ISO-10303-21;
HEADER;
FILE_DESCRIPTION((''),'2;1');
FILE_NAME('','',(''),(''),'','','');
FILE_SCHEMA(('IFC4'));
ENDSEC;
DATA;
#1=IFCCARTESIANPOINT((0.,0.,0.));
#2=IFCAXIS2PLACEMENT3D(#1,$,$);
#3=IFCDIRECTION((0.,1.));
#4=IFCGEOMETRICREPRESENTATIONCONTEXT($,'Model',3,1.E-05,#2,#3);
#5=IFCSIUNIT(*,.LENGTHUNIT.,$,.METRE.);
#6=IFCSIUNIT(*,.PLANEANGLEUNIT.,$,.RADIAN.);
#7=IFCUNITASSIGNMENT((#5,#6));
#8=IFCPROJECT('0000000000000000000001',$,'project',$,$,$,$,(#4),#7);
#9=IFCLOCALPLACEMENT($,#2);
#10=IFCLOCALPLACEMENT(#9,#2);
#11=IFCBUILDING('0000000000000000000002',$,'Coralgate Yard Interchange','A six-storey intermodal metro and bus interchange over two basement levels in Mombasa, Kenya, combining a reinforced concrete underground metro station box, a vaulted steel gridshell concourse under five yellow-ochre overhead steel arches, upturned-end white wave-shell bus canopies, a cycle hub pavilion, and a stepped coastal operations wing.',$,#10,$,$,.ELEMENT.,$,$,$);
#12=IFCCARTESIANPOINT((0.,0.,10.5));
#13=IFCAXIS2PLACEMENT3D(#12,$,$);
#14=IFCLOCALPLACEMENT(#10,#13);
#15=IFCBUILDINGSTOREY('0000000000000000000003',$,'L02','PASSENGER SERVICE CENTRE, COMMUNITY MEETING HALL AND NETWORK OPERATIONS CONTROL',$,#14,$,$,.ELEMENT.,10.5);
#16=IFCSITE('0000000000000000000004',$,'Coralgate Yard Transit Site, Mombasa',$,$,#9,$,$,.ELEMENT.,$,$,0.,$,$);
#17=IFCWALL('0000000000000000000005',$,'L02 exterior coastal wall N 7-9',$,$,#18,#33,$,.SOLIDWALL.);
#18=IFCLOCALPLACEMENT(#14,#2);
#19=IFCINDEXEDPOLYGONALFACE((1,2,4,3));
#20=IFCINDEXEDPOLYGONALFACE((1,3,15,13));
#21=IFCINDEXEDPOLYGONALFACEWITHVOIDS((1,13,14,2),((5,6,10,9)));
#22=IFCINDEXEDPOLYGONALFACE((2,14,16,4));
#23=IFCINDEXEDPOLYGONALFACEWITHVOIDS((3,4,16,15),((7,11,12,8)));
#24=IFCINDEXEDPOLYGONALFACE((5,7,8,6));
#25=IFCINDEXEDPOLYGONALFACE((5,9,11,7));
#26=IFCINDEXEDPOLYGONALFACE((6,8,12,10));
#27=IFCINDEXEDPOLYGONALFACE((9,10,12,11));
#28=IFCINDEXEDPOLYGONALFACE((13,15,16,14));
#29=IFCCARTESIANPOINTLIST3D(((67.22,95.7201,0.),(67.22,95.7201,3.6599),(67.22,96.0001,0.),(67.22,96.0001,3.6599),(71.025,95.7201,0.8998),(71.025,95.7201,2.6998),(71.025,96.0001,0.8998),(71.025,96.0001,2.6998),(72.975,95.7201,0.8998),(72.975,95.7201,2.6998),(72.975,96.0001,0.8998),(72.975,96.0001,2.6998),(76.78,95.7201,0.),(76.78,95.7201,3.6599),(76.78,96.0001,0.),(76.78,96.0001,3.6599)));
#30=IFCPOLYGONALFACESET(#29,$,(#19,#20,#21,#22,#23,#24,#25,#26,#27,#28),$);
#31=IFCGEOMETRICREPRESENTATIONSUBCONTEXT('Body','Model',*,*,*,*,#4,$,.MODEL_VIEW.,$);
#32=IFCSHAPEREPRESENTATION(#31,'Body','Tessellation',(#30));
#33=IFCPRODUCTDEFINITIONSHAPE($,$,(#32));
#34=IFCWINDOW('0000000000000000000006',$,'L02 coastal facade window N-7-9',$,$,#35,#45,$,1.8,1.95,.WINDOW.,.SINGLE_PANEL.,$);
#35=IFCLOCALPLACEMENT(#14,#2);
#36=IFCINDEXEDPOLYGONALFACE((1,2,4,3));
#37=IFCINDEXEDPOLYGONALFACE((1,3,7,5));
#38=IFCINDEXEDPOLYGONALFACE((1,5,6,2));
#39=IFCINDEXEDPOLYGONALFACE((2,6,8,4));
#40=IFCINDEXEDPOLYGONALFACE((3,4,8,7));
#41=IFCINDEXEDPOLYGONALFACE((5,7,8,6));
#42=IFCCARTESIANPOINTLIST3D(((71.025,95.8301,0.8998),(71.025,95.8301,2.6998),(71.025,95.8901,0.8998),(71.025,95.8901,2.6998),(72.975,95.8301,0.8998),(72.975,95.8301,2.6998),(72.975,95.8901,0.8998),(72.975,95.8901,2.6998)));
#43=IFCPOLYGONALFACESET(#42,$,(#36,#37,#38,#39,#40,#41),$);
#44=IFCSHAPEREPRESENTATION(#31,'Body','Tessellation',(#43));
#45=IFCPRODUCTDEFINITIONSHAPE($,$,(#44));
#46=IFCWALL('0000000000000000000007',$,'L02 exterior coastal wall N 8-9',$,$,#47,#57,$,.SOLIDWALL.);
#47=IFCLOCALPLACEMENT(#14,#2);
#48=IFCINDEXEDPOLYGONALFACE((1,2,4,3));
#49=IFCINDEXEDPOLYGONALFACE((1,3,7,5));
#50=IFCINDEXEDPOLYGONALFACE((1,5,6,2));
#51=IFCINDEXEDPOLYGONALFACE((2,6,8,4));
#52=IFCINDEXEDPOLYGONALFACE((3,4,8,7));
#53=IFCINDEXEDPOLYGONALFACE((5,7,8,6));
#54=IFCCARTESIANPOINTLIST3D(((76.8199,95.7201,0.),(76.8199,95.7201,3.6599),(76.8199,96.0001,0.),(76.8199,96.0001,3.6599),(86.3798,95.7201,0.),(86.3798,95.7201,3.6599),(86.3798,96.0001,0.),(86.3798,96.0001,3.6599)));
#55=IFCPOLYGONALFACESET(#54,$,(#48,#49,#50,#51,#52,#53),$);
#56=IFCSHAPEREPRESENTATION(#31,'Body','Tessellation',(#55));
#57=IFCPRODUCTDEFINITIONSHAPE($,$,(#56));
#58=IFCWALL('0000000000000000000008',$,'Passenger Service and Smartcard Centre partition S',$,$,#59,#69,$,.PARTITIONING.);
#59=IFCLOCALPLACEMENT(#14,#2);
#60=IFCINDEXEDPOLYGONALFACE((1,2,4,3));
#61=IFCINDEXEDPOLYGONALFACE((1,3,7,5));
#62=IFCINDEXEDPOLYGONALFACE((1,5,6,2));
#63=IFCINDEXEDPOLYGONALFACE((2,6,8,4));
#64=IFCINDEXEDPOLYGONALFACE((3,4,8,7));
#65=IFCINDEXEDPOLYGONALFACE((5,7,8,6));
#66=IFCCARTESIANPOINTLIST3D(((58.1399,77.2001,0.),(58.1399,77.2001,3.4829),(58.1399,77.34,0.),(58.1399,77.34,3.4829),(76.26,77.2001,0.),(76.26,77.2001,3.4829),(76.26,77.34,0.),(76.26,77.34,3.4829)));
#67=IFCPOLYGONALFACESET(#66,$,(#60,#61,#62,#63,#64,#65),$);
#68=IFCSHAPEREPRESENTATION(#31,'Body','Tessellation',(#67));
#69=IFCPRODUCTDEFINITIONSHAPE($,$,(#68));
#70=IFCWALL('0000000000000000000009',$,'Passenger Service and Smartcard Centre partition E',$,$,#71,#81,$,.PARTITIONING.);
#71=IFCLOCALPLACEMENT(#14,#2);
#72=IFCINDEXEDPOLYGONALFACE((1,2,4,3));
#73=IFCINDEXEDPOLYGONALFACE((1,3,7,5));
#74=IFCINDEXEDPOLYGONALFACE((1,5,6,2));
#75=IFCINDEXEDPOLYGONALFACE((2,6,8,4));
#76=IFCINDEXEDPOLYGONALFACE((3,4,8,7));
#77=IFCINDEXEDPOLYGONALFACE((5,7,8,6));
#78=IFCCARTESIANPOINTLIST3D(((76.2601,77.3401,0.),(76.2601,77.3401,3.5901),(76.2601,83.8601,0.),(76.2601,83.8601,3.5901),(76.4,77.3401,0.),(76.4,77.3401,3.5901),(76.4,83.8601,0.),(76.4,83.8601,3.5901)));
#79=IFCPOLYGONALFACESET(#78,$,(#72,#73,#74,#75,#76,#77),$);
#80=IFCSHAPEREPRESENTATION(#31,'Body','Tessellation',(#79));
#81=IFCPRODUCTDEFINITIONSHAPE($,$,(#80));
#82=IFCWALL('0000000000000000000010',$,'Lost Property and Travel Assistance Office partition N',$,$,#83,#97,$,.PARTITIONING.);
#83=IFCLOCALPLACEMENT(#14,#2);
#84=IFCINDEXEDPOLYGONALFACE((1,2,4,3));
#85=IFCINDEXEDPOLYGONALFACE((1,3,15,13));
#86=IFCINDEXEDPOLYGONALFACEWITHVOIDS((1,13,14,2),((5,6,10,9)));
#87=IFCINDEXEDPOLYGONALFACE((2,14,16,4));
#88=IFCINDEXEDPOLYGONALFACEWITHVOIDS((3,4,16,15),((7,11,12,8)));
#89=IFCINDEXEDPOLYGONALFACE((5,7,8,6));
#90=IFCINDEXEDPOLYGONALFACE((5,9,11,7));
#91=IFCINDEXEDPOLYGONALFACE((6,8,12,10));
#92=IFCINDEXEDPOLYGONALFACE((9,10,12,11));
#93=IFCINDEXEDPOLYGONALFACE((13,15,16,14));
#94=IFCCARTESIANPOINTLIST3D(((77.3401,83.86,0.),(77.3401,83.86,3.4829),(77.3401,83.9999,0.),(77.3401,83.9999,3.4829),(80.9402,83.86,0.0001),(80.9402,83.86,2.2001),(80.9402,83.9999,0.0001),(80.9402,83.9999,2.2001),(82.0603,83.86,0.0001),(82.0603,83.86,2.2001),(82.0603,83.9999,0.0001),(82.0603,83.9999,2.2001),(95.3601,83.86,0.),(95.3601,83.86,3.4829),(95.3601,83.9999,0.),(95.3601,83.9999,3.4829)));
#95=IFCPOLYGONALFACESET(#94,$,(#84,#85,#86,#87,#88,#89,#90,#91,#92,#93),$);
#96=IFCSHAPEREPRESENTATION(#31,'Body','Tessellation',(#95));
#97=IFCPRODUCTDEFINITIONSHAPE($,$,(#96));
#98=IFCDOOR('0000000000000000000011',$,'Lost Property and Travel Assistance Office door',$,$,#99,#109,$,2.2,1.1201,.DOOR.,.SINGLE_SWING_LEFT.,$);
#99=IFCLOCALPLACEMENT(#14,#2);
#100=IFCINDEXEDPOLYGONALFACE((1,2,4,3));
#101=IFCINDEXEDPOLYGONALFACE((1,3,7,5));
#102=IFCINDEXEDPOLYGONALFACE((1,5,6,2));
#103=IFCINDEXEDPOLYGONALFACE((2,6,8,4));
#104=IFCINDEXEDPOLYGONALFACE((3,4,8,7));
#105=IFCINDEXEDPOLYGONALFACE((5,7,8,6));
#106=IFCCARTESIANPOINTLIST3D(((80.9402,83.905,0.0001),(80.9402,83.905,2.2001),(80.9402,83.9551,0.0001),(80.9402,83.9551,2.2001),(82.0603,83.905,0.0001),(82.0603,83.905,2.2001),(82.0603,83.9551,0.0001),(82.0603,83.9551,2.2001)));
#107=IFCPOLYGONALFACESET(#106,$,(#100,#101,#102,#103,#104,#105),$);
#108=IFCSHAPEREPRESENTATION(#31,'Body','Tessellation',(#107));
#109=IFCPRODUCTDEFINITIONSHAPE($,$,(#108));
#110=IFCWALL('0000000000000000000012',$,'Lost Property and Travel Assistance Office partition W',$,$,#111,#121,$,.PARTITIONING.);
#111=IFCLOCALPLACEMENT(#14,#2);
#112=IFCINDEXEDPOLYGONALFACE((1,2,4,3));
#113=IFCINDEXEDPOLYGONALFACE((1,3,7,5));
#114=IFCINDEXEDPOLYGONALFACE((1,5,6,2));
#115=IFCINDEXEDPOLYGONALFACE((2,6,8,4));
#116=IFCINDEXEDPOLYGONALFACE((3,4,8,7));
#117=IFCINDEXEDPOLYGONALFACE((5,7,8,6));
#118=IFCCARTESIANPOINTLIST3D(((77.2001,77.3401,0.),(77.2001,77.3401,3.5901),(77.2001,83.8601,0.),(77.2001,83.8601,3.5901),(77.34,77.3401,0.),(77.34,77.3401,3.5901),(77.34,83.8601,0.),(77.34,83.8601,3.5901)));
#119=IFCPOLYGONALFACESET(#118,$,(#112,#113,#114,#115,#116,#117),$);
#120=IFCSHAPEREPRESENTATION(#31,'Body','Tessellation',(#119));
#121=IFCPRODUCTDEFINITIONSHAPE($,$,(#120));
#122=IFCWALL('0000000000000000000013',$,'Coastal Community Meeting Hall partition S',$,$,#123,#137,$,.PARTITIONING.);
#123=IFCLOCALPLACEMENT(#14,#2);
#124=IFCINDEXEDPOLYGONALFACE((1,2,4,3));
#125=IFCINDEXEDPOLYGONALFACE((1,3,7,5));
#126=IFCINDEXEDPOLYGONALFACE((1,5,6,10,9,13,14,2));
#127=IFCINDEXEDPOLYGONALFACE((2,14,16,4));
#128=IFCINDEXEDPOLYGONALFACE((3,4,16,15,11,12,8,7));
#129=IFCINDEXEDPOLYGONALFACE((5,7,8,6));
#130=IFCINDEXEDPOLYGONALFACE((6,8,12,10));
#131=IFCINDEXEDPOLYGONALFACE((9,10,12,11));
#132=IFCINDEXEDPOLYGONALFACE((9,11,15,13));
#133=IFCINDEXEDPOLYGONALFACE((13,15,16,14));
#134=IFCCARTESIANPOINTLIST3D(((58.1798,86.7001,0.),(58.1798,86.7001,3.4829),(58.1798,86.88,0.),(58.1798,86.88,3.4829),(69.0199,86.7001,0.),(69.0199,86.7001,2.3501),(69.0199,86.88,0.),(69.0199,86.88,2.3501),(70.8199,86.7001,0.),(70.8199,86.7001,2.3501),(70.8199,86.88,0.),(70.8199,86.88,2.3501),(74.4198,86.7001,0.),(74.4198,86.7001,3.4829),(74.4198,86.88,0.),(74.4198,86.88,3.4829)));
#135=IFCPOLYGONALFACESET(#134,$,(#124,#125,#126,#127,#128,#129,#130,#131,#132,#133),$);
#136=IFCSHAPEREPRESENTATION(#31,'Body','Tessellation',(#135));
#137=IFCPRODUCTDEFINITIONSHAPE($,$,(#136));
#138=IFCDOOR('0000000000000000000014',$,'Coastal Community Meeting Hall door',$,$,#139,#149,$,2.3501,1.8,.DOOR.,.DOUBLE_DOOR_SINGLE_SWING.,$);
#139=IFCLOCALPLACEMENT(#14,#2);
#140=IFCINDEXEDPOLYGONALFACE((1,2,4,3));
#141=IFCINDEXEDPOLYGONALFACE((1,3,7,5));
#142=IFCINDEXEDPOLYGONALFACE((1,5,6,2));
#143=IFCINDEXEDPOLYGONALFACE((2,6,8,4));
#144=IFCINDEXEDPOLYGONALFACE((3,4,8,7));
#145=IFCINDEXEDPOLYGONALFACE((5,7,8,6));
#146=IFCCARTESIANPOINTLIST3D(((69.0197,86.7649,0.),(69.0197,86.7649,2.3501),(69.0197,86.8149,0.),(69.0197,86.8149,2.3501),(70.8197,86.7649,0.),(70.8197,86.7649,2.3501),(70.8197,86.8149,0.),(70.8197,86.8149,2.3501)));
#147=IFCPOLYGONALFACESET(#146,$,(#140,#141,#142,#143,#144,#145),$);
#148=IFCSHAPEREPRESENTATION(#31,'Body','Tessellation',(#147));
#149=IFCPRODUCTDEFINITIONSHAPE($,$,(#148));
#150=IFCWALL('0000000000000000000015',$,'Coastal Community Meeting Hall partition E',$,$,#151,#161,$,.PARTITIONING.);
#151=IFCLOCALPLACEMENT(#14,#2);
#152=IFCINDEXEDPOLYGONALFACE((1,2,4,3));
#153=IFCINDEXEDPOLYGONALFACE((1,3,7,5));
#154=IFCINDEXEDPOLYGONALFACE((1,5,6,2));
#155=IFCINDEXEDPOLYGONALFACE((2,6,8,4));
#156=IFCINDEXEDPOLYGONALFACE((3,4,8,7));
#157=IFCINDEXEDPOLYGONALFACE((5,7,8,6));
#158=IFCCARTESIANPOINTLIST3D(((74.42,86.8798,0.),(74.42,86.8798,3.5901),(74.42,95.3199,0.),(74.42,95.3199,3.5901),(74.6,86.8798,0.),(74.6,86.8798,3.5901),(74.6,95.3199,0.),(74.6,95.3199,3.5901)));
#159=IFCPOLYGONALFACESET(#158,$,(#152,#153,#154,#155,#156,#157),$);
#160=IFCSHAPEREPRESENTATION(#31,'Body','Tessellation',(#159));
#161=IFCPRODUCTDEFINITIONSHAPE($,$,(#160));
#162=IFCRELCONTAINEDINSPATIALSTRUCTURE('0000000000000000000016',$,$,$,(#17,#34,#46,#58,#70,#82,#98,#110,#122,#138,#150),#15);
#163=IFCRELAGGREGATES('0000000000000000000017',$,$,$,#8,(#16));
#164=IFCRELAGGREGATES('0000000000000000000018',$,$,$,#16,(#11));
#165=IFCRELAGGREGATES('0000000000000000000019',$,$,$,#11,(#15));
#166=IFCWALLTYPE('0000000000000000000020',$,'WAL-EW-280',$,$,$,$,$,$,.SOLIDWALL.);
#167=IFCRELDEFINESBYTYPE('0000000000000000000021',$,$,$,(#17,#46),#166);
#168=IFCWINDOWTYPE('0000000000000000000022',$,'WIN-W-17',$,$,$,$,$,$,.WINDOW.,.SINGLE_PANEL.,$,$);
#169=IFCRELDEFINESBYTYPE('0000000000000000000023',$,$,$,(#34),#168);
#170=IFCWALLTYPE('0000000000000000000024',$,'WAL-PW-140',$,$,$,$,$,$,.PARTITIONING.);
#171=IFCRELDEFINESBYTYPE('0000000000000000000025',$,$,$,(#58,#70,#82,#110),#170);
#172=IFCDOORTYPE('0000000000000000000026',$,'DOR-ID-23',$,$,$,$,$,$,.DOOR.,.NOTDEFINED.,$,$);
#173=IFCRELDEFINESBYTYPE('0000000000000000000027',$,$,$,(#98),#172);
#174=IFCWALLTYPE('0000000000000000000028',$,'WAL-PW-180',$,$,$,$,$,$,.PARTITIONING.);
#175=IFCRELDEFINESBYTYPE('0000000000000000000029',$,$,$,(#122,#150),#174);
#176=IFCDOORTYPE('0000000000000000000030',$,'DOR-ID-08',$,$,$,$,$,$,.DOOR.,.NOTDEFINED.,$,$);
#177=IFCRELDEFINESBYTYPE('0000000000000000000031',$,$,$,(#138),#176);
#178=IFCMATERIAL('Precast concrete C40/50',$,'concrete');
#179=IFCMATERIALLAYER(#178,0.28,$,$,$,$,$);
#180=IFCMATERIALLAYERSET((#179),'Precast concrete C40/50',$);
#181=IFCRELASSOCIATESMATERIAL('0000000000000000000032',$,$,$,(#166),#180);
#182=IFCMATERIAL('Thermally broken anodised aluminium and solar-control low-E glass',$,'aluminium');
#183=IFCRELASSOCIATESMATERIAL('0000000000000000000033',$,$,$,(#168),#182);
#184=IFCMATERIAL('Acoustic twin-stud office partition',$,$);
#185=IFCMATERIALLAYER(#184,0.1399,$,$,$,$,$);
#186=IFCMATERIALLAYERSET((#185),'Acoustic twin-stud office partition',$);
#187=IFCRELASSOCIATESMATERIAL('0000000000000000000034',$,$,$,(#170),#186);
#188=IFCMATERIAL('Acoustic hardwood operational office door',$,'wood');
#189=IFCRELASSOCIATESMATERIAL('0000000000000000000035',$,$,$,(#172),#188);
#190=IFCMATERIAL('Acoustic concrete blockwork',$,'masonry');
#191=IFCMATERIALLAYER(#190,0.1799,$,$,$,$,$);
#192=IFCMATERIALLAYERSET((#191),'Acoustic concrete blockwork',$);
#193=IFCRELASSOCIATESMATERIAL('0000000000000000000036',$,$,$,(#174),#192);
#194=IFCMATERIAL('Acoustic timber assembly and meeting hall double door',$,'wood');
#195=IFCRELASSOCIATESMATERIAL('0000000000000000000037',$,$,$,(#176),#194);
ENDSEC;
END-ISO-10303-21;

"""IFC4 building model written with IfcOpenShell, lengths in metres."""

from ifc_helpers import new_model, si_unit, direction, frame, frame_2d, origin, place, context, subcontext, project, spatial, rectangle, extrude, material, layer, layer_set, type_object, element, fill, save


model = new_model("IFC4")

# Units and contexts
model_context = context("Model", 3, precision=1e-05, world=origin(), true_north=direction((0.0, 1.0)))
body_context = subcontext(model_context, "Body", "Model", "MODEL_VIEW")
ifc_project = project(units=[si_unit("LENGTHUNIT", "METRE"), si_unit("PLANEANGLEUNIT", "RADIAN")], contexts=[model_context])

# Site, building, storey
site_placement = place(None, origin())
site = spatial("IfcSite", under=ifc_project, at=site_placement, Name="Coralgate Yard Transit Site, Mombasa", CompositionType="ELEMENT", RefElevation=0.0)
building_placement = place(site_placement, origin())
building = spatial("IfcBuilding", under=site, at=building_placement, Name="Coralgate Yard Interchange", Description="A six-storey intermodal metro and bus interchange over two basement levels in Mombasa, Kenya, combining a reinforced concrete underground metro station box, a vaulted steel gridshell concourse under five yellow-ochre overhead steel arches, upturned-end white wave-shell bus canopies, a cycle hub pavilion, and a stepped coastal operations wing.", CompositionType="ELEMENT")
storey_placement = place(building_placement, frame((0.0, 0.0, 10.5)))
storey = spatial("IfcBuildingStorey", under=building, at=storey_placement, Name="L02", Description="PASSENGER SERVICE CENTRE, COMMUNITY MEETING HALL AND NETWORK OPERATIONS CONTROL", CompositionType="ELEMENT", Elevation=10.5)

# Wall, opening, window
ifc_material_1 = material(Name="Precast concrete C40/50", Category="concrete")
ifc_layer_1 = layer(ifc_material_1, 0.28)
ifc_layer_set_1 = layer_set([ifc_layer_1], Name="Precast concrete C40/50")
wall_type_1 = type_object("IfcWallType", Name="WAL-EW-280", PredefinedType="SOLIDWALL", material=ifc_layer_set_1)
wall_1_placement = place(storey_placement, frame((67.22, 95.8601, 0.0), z_axis=(0.0, 0.0, 1.0), x_axis=(1.0, 0.0, 0.0)))
wall_1 = element("IfcWall", 1, at=wall_1_placement, inside=storey, type_object=wall_type_1, Name="L02 exterior coastal wall N 7-9", PredefinedType="SOLIDWALL", context=body_context, shape_type="SweptSolid", body=[
    extrude(rectangle(XDim=9.5601, YDim=0.28, at=frame_2d((4.78, 0.0))), origin(), (0.0, 0.0, 1.0), 3.6599),
])
opening_1_placement = place(wall_1_placement, frame((3.8049, 0.0, 0.8999)))
opening_1 = element("IfcOpeningElement", 2, at=opening_1_placement, cuts=wall_1, PredefinedType="OPENING", context=body_context, shape_type="SweptSolid", body=[
    extrude(rectangle(XDim=1.95, YDim=1.8, at=frame_2d((0.9751, 0.8999))), frame((0.0, 0.1499, 0.0), z_axis=(0.0, -1.0, 0.0), x_axis=(1.0, 0.0, 0.0)), (0.0, 0.0, 1.0), 0.3),
])
ifc_material_2 = material(Name="Thermally broken anodised aluminium and solar-control low-E glass", Category="aluminium")
window_type = type_object("IfcWindowType", Name="WIN-W-17", PartitioningType="SINGLE_PANEL", PredefinedType="WINDOW", material=ifc_material_2)
window_placement = place(opening_1_placement, origin())
window = element("IfcWindow", 3, at=window_placement, inside=storey, type_object=window_type, Name="L02 coastal facade window N-7-9", OverallHeight=1.8, OverallWidth=1.95, PartitioningType="SINGLE_PANEL", PredefinedType="WINDOW", context=body_context, shape_type="SweptSolid", body=[
    extrude(rectangle(XDim=1.95, YDim=1.8, at=frame_2d((0.9751, 0.8999))), frame((0.0, 0.03, 0.0), z_axis=(0.0, -1.0, 0.0), x_axis=(1.0, 0.0, 0.0)), (0.0, 0.0, 1.0), 0.0601),
])
fill(opening_1, window)

# Walls
wall_2_placement = place(storey_placement, frame((76.8201, 95.8601, 0.0), z_axis=(0.0, 0.0, 1.0), x_axis=(1.0, 0.0, 0.0)))
element("IfcWall", 4, at=wall_2_placement, inside=storey, type_object=wall_type_1, Name="L02 exterior coastal wall N 8-9", PredefinedType="SOLIDWALL", context=body_context, shape_type="SweptSolid", body=[
    extrude(rectangle(XDim=9.5598, YDim=0.28, at=frame_2d((4.7798, 0.0))), origin(), (0.0, 0.0, 1.0), 3.6599),
])
ifc_material_3 = material(Name="Acoustic twin-stud office partition")
ifc_layer_2 = layer(ifc_material_3, 0.1399)
ifc_layer_set_2 = layer_set([ifc_layer_2], Name="Acoustic twin-stud office partition")
wall_type_2 = type_object("IfcWallType", Name="WAL-PW-140", PredefinedType="PARTITIONING", material=ifc_layer_set_2)
wall_3_placement = place(storey_placement, frame((76.26, 77.27, 0.0), z_axis=(0.0, 0.0, 1.0), x_axis=(-1.0, 0.0, 0.0)))
element("IfcWall", 5, at=wall_3_placement, inside=storey, type_object=wall_type_2, Name="Passenger Service and Smartcard Centre partition S", PredefinedType="PARTITIONING", context=body_context, shape_type="SweptSolid", body=[
    extrude(rectangle(XDim=18.1201, YDim=0.1399, at=frame_2d((9.0601, 0.0))), origin(), (0.0, 0.0, 1.0), 3.4829),
])
wall_4_placement = place(storey_placement, frame((76.3301, 83.8601, 0.0), z_axis=(0.0, 0.0, 1.0), x_axis=(0.0, -1.0, 0.0)))
element("IfcWall", 6, at=wall_4_placement, inside=storey, type_object=wall_type_2, Name="Passenger Service and Smartcard Centre partition E", PredefinedType="PARTITIONING", context=body_context, shape_type="SweptSolid", body=[
    extrude(rectangle(XDim=6.52, YDim=0.1399, at=frame_2d((3.26, 0.0))), origin(), (0.0, 0.0, 1.0), 3.5901),
])

# Wall, opening, door
wall_5_placement = place(storey_placement, frame((77.3401, 83.9299, 0.0), z_axis=(0.0, 0.0, 1.0), x_axis=(1.0, 0.0, 0.0)))
wall_5 = element("IfcWall", 7, at=wall_5_placement, inside=storey, type_object=wall_type_2, Name="Lost Property and Travel Assistance Office partition N", PredefinedType="PARTITIONING", context=body_context, shape_type="SweptSolid", body=[
    extrude(rectangle(XDim=18.02, YDim=0.1399, at=frame_2d((9.01, 0.0))), origin(), (0.0, 0.0, 1.0), 3.4829),
])
opening_2_placement = place(wall_5_placement, frame((3.6001, 0.0, 0.0)))
opening_2 = element("IfcOpeningElement", 8, at=opening_2_placement, cuts=wall_5, PredefinedType="OPENING", context=body_context, shape_type="SweptSolid", body=[
    extrude(rectangle(XDim=1.1201, YDim=2.2, at=frame_2d((0.5601, 1.1001))), frame((0.0, 0.0798, 0.0), z_axis=(0.0, -1.0, 0.0), x_axis=(1.0, 0.0, 0.0)), (0.0, 0.0, 1.0), 0.1599),
])
ifc_material_4 = material(Name="Acoustic hardwood operational office door", Category="wood")
door_type_1 = type_object("IfcDoorType", Name="DOR-ID-23", OperationType="NOTDEFINED", PredefinedType="DOOR", material=ifc_material_4)
door_1_placement = place(opening_2_placement, frame((1.1201, 0.0, 0.0), z_axis=(0.0, 0.0, 1.0), x_axis=(-1.0, 0.0, 0.0)))
door_1 = element("IfcDoor", 9, at=door_1_placement, inside=storey, type_object=door_type_1, Name="Lost Property and Travel Assistance Office door", OperationType="SINGLE_SWING_LEFT", OverallHeight=2.2, OverallWidth=1.1201, PredefinedType="DOOR", context=body_context, shape_type="SweptSolid", body=[
    extrude(rectangle(XDim=1.1201, YDim=2.2, at=frame_2d((0.5601, 1.1001))), frame((0.0, 0.0249, 0.0), z_axis=(0.0, -1.0, 0.0), x_axis=(1.0, 0.0, 0.0)), (0.0, 0.0, 1.0), 0.05),
])
fill(opening_2, door_1)

# Wall
wall_6_placement = place(storey_placement, frame((77.27, 77.3401, 0.0), z_axis=(0.0, 0.0, 1.0), x_axis=(0.0, 1.0, 0.0)))
element("IfcWall", 10, at=wall_6_placement, inside=storey, type_object=wall_type_2, Name="Lost Property and Travel Assistance Office partition W", PredefinedType="PARTITIONING", context=body_context, shape_type="SweptSolid", body=[
    extrude(rectangle(XDim=6.52, YDim=0.1399, at=frame_2d((3.26, 0.0))), origin(), (0.0, 0.0, 1.0), 3.5901),
])

# Wall, opening, door
ifc_material_5 = material(Name="Acoustic concrete blockwork", Category="masonry")
ifc_layer_3 = layer(ifc_material_5, 0.1799)
ifc_layer_set_3 = layer_set([ifc_layer_3], Name="Acoustic concrete blockwork")
wall_type_3 = type_object("IfcWallType", Name="WAL-PW-180", PredefinedType="PARTITIONING", material=ifc_layer_set_3)
wall_7_placement = place(storey_placement, frame((74.4199, 86.79, 0.0), z_axis=(0.0, 0.0, 1.0), x_axis=(-1.0, 0.0, 0.0)))
wall_7 = element("IfcWall", 11, at=wall_7_placement, inside=storey, type_object=wall_type_3, Name="Coastal Community Meeting Hall partition S", PredefinedType="PARTITIONING", context=body_context, shape_type="SweptSolid", body=[
    extrude(rectangle(XDim=16.24, YDim=0.1799, at=frame_2d((8.1201, 0.0))), origin(), (0.0, 0.0, 1.0), 3.4829),
])
opening_3_placement = place(wall_7_placement, frame((3.6001, 0.0, 0.0)))
opening_3 = element("IfcOpeningElement", 12, at=opening_3_placement, cuts=wall_7, PredefinedType="OPENING", context=body_context, shape_type="SweptSolid", body=[
    extrude(rectangle(XDim=1.8, YDim=2.3501, at=frame_2d((0.8999, 1.175))), frame((0.0, 0.0999, 0.0), z_axis=(0.0, -1.0, 0.0), x_axis=(1.0, 0.0, 0.0)), (0.0, 0.0, 1.0), 0.2),
])
ifc_material_6 = material(Name="Acoustic timber assembly and meeting hall double door", Category="wood")
door_type_2 = type_object("IfcDoorType", Name="DOR-ID-08", OperationType="NOTDEFINED", PredefinedType="DOOR", material=ifc_material_6)
door_2_placement = place(opening_3_placement, frame((1.8, 0.0, 0.0), z_axis=(0.0, 0.0, 1.0), x_axis=(-1.0, 0.0, 0.0)))
door_2 = element("IfcDoor", 13, at=door_2_placement, inside=storey, type_object=door_type_2, Name="Coastal Community Meeting Hall door", OperationType="DOUBLE_DOOR_SINGLE_SWING", OverallHeight=2.3501, OverallWidth=1.8, PredefinedType="DOOR", context=body_context, shape_type="SweptSolid", body=[
    extrude(rectangle(XDim=1.8, YDim=2.3501, at=frame_2d((0.8999, 1.175))), frame((0.0, 0.0249, 0.0), z_axis=(0.0, -1.0, 0.0), x_axis=(1.0, 0.0, 0.0)), (0.0, 0.0, 1.0), 0.05),
])
fill(opening_3, door_2)

# Wall
wall_8_placement = place(storey_placement, frame((74.51, 95.3201, 0.0), z_axis=(0.0, 0.0, 1.0), x_axis=(0.0, -1.0, 0.0)))
element("IfcWall", 14, at=wall_8_placement, inside=storey, type_object=wall_type_3, Name="Coastal Community Meeting Hall partition E", PredefinedType="PARTITIONING", context=body_context, shape_type="SweptSolid", body=[
    extrude(rectangle(XDim=8.4402, YDim=0.1799, at=frame_2d((4.2202, 0.0))), origin(), (0.0, 0.0, 1.0), 3.5901),
])

save(model, "model.ifc")
